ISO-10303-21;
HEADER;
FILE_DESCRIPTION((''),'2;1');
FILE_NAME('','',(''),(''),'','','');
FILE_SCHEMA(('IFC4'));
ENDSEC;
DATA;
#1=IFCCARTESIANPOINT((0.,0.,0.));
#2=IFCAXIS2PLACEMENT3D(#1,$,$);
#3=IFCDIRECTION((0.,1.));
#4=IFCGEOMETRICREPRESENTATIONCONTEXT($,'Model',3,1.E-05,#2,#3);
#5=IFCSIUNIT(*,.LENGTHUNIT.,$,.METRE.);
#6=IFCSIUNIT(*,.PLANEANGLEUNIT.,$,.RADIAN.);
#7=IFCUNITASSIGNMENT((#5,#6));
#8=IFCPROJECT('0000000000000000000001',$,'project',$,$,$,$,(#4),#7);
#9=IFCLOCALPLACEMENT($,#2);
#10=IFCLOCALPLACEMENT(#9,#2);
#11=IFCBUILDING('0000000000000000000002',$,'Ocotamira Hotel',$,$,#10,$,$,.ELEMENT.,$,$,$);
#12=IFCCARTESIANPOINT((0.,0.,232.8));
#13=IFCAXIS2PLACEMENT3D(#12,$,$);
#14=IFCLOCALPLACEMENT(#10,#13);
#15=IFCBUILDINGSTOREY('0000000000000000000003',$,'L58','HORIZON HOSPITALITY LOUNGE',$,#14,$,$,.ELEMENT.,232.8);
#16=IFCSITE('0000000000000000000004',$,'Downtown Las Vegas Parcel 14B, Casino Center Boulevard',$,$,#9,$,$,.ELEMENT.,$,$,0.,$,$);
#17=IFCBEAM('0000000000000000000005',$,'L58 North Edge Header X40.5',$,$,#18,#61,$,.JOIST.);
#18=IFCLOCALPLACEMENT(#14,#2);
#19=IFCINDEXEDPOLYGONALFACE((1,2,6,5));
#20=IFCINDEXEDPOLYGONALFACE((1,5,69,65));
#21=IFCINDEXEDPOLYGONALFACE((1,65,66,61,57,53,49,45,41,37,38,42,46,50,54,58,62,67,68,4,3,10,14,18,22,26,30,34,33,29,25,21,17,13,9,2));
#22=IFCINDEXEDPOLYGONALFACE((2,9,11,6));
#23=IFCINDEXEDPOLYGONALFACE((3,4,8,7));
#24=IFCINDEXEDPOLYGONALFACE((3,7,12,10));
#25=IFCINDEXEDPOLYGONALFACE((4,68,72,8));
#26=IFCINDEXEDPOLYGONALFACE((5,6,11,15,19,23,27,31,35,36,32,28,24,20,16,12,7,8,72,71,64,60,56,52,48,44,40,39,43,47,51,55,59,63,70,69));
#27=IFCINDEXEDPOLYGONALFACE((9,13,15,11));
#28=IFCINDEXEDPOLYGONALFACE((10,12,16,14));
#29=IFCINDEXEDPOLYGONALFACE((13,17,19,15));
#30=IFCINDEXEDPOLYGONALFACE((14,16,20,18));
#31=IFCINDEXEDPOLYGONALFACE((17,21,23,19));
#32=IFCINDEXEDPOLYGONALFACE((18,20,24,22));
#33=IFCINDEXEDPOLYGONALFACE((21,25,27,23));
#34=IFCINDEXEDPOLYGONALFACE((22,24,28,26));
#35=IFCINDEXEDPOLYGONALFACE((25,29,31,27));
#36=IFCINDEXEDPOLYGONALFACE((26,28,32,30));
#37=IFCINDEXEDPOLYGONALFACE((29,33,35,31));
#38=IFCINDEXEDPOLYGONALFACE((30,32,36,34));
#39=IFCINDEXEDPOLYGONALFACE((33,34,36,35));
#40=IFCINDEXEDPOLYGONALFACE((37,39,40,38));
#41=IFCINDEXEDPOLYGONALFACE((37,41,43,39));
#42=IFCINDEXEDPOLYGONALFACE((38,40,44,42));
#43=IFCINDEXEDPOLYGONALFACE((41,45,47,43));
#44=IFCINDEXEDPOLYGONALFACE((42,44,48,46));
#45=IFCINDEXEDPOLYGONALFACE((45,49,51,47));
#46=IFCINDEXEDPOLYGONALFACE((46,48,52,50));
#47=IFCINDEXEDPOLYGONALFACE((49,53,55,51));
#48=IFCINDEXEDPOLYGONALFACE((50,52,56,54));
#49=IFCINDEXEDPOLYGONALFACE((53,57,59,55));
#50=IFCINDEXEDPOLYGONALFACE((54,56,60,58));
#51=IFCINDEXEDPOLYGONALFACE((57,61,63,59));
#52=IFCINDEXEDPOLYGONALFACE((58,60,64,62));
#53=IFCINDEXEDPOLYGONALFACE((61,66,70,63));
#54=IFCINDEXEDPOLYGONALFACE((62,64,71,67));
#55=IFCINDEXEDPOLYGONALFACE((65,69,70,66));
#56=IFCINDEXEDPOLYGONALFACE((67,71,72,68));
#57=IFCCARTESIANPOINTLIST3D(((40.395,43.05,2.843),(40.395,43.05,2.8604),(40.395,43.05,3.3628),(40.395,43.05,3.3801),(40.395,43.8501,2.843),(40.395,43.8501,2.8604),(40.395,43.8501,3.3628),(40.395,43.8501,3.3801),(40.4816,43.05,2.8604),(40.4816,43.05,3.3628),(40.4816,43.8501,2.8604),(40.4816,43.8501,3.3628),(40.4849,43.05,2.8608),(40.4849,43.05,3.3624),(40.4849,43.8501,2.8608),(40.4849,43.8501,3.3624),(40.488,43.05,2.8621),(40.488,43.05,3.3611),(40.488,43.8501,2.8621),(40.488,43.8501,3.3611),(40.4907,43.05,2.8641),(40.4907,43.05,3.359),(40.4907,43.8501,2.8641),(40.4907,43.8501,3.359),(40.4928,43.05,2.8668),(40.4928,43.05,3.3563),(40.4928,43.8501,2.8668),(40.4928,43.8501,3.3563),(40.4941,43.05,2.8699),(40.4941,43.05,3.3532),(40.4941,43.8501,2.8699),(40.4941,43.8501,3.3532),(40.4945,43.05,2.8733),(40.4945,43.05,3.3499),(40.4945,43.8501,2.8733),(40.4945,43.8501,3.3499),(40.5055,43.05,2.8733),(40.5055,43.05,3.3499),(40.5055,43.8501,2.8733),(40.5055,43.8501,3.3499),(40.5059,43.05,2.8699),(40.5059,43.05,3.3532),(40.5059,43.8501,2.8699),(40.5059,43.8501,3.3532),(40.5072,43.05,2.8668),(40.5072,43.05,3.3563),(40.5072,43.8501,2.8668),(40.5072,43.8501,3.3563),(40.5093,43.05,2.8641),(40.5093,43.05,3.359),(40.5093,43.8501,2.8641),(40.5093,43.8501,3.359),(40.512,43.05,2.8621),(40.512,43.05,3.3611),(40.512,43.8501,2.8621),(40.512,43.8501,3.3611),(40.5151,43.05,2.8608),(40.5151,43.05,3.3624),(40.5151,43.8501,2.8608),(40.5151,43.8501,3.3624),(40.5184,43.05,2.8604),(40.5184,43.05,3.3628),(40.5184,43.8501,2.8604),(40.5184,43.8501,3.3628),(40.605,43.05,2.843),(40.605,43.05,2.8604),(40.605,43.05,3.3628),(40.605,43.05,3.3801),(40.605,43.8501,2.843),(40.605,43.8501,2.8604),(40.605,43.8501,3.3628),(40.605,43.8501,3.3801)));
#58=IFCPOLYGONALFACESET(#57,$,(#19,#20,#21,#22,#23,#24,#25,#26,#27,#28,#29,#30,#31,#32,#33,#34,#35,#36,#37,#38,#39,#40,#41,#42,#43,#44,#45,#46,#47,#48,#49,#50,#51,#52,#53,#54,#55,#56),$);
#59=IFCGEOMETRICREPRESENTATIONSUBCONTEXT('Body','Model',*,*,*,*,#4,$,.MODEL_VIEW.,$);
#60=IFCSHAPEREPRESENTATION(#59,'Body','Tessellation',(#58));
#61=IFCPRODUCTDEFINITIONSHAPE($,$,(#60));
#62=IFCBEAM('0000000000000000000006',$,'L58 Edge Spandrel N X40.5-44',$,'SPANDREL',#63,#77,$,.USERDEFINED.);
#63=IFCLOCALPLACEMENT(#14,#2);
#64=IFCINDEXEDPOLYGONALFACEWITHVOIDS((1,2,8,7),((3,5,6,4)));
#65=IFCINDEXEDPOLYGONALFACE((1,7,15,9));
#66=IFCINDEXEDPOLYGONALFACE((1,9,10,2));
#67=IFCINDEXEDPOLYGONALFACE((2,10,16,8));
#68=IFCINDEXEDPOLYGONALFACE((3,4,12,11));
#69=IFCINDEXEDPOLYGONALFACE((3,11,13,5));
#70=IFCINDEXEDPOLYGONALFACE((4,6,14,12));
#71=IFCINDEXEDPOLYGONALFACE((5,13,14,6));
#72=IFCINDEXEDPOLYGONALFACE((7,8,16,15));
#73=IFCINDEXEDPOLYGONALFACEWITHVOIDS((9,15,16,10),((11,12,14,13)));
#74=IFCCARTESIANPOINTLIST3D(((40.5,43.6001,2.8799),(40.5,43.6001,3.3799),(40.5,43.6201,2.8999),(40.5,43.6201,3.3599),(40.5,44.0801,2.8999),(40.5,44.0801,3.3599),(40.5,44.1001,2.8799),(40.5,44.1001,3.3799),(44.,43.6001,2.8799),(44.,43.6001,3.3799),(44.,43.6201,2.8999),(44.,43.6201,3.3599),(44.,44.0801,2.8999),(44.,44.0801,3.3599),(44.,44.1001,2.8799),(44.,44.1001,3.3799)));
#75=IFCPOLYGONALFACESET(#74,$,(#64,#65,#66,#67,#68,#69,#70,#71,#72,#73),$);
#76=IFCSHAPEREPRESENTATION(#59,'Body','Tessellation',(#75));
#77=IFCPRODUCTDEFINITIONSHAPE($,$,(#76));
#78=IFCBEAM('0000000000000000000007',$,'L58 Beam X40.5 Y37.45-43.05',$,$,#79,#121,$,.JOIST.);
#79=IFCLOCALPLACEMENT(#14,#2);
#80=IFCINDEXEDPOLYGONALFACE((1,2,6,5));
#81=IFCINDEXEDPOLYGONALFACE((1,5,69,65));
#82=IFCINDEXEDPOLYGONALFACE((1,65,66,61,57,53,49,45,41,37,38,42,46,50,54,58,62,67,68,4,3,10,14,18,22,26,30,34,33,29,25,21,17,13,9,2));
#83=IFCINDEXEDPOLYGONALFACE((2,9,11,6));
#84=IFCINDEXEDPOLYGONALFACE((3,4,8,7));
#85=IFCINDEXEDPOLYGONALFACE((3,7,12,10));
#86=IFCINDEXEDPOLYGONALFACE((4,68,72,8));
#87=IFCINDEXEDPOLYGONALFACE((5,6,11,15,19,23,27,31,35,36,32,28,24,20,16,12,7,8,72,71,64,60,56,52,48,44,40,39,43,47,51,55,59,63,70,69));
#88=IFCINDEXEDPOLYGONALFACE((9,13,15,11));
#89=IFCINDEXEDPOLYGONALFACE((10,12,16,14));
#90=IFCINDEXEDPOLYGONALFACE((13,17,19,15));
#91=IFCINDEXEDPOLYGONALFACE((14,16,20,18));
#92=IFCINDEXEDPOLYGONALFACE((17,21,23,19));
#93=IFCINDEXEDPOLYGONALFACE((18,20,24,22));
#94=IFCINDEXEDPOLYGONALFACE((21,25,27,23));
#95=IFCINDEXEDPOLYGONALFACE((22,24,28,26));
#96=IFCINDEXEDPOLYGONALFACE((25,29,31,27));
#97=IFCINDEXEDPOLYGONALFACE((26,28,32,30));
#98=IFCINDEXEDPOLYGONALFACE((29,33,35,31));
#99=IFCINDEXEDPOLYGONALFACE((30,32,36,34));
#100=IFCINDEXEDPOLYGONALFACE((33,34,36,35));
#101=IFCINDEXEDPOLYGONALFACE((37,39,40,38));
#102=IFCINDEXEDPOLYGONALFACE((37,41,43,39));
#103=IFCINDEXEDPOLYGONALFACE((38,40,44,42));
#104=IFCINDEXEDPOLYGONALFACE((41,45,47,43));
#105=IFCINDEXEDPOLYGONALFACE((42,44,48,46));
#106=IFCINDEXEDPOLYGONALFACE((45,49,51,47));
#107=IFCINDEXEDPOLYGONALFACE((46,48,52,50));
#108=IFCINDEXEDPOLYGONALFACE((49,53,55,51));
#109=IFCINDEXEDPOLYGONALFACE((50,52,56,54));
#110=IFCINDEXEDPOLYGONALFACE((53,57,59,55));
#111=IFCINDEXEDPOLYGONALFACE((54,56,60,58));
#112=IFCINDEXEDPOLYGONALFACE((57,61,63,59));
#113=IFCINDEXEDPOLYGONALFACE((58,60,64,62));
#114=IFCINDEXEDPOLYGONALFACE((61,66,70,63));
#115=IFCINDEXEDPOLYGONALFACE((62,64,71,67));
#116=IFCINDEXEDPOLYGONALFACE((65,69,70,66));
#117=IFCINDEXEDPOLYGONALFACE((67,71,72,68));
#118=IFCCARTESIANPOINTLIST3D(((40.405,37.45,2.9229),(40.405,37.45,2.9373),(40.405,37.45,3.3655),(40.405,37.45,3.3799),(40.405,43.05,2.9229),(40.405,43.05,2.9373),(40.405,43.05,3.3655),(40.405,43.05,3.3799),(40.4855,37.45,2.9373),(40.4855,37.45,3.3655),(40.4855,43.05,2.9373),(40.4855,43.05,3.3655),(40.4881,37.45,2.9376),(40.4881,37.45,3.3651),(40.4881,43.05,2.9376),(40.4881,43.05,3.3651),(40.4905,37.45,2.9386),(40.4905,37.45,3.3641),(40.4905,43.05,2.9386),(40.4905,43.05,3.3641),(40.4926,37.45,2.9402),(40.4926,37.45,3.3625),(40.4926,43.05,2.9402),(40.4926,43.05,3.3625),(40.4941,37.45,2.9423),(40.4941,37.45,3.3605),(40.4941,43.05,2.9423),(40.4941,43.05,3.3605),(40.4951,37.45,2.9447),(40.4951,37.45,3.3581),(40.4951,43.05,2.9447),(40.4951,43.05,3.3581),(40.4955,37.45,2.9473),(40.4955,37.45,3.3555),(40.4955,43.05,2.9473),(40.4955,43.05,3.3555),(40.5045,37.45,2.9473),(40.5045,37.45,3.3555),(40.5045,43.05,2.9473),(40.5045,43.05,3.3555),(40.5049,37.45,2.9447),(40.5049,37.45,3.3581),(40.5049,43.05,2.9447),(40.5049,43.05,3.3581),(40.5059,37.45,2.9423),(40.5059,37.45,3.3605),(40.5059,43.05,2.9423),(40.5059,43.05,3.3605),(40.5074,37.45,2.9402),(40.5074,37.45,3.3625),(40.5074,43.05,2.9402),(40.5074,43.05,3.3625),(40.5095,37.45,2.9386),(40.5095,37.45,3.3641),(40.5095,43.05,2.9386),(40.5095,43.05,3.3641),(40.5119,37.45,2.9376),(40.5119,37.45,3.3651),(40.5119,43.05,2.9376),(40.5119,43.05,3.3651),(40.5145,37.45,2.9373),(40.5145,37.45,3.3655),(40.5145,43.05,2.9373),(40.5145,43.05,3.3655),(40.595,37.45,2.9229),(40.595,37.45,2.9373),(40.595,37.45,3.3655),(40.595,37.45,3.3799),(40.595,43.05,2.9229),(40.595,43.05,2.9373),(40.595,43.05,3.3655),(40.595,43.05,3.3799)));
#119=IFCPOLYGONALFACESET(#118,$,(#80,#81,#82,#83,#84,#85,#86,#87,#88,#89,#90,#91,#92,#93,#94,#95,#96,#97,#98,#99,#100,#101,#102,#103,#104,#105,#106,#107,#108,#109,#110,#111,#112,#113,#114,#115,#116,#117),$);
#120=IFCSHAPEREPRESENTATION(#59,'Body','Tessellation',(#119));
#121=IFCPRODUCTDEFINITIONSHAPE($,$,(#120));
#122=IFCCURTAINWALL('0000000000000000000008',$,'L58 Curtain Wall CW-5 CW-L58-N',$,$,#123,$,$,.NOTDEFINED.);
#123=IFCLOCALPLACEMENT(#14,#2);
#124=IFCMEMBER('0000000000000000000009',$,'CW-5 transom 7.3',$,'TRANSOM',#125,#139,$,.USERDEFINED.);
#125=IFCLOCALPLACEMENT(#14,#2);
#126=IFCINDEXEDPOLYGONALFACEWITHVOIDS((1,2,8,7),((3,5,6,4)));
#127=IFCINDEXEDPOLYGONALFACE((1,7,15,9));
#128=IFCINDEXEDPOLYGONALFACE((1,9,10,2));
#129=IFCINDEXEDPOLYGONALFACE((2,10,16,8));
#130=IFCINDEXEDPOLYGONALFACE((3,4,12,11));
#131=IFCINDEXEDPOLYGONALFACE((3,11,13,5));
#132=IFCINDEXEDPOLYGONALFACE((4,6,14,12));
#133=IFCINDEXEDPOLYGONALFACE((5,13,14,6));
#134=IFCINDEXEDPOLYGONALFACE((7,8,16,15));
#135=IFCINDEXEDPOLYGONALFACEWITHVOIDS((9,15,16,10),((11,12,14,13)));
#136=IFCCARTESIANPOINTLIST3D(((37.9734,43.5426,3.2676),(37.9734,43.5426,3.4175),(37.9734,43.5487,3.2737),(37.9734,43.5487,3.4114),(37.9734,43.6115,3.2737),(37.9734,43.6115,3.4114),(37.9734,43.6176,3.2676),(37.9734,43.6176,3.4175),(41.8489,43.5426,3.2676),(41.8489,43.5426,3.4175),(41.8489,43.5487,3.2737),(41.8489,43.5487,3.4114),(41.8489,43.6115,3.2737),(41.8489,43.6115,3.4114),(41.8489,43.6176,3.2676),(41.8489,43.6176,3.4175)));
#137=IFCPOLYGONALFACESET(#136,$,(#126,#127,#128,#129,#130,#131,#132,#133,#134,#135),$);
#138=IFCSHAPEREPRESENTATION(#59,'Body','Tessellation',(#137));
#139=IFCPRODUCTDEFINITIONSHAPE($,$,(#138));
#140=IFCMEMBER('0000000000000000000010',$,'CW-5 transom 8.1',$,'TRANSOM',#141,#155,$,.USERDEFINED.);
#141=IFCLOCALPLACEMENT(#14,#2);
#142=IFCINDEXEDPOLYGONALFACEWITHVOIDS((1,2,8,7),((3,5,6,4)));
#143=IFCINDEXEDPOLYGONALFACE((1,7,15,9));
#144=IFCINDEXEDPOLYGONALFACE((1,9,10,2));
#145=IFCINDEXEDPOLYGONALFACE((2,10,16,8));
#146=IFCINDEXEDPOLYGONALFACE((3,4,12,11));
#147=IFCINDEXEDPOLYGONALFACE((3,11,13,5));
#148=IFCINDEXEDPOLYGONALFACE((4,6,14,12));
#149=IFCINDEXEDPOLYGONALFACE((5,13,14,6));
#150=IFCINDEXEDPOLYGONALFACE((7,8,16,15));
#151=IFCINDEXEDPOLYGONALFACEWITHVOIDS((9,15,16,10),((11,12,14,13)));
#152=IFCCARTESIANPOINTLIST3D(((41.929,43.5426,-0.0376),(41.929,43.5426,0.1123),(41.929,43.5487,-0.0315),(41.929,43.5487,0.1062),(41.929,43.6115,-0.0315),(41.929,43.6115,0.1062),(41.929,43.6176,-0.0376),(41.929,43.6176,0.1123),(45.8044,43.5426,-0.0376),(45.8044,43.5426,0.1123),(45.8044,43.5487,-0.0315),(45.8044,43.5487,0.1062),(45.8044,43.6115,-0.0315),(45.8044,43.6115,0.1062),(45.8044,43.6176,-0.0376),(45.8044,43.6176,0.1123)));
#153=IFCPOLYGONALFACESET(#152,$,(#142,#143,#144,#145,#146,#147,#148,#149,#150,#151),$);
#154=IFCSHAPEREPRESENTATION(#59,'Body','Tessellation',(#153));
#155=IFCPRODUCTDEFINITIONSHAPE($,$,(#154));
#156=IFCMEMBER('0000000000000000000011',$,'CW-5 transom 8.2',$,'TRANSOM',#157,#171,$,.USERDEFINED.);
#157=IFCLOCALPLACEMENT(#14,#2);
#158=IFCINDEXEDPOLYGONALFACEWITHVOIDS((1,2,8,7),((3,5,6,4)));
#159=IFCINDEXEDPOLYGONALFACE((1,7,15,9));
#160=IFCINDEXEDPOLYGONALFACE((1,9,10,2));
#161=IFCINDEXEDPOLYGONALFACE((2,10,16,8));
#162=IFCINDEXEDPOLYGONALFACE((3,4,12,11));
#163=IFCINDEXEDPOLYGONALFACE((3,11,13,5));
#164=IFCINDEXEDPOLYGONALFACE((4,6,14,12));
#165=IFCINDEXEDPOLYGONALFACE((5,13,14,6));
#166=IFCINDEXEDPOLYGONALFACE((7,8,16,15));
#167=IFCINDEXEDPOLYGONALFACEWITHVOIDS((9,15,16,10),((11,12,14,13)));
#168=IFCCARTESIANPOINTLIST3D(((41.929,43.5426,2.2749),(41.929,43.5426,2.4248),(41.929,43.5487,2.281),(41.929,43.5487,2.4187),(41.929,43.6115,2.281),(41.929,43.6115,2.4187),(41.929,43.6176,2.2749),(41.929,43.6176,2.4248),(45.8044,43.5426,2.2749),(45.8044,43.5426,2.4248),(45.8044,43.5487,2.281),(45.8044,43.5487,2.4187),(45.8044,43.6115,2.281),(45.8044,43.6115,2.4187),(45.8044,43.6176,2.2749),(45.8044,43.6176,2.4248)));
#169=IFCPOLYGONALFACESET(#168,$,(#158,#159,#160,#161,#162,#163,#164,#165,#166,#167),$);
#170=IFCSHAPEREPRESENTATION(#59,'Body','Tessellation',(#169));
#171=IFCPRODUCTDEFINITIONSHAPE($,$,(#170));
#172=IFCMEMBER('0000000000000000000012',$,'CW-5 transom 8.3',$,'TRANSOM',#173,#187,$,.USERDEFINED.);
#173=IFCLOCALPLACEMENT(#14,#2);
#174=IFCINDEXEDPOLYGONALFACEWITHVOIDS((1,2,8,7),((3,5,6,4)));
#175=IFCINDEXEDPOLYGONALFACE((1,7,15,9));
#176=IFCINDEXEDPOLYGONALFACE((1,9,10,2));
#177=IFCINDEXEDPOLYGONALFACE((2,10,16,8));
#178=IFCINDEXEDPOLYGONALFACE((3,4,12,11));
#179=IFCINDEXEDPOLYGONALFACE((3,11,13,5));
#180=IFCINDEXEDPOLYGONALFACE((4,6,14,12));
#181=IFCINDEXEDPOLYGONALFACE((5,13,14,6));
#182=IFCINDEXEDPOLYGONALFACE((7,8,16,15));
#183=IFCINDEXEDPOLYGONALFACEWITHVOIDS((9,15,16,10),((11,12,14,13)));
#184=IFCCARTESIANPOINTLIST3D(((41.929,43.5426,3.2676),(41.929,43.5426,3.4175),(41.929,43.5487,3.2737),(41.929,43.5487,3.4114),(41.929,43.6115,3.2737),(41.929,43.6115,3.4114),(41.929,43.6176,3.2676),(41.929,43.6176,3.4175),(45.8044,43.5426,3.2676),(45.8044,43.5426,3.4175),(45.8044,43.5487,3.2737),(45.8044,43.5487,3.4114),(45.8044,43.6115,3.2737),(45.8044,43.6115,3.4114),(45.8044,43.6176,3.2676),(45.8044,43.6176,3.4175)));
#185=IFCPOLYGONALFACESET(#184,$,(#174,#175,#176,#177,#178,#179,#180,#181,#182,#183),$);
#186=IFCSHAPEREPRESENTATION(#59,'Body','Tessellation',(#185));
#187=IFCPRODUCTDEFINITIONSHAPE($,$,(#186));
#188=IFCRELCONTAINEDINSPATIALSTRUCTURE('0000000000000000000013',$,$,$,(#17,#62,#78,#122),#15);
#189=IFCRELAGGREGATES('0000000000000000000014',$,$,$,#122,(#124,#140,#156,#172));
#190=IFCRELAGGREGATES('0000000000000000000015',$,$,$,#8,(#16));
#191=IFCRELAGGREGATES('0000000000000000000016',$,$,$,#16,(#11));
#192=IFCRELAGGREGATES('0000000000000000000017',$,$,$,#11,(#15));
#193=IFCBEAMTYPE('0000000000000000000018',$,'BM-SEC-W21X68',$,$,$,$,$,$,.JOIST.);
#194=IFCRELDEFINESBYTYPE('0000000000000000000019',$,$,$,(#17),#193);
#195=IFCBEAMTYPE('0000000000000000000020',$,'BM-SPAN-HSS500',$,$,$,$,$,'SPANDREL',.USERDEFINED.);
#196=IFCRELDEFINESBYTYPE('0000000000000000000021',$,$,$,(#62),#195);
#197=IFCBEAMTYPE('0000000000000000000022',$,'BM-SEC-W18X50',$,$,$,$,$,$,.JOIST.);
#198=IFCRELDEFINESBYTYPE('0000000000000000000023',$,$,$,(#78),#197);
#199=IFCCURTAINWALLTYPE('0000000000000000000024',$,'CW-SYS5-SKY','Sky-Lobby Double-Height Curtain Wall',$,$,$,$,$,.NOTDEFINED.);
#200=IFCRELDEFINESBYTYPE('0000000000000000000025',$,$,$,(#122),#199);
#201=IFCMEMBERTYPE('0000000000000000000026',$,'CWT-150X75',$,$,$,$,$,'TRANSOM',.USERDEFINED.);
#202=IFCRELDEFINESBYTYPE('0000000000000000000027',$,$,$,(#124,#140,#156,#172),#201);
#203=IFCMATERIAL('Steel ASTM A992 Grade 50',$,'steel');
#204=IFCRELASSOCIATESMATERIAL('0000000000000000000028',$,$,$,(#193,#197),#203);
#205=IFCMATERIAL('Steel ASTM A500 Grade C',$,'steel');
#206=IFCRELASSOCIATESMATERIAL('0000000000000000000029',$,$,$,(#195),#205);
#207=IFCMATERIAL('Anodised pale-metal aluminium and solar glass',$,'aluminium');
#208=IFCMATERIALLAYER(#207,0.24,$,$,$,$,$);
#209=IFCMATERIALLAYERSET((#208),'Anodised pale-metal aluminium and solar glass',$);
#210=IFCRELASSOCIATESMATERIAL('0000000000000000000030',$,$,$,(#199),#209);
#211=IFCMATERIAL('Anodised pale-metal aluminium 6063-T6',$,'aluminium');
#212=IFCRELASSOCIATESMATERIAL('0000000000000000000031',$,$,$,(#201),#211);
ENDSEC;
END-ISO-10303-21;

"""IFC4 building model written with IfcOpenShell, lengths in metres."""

from ifc_helpers import new_model, si_unit, direction, frame, origin, origin_2d, place, context, subcontext, project, spatial, hollow_rectangle, i_section, extrude, source, transform, mapped, material, layer, layer_set, material_profile, profile_set, type_object, element, aggregate, save


model = new_model("IFC4")

# Units and contexts
model_context = context("Model", 3, precision=1e-05, world=origin(), true_north=direction((0.0, 1.0)))
body_context = subcontext(model_context, "Body", "Model", "MODEL_VIEW")
ifc_project = project(units=[si_unit("LENGTHUNIT", "METRE"), si_unit("PLANEANGLEUNIT", "RADIAN")], contexts=[model_context])

# Site, building, storey
site_placement = place(None, origin())
site = spatial("IfcSite", under=ifc_project, at=site_placement, Name="Downtown Las Vegas Parcel 14B, Casino Center Boulevard", CompositionType="ELEMENT", RefElevation=0.0)
building_placement = place(site_placement, origin())
building = spatial("IfcBuilding", under=site, at=building_placement, Name="Ocotamira Hotel", CompositionType="ELEMENT")
storey_placement = place(building_placement, frame((0.0, 0.0, 232.8)))
storey = spatial("IfcBuildingStorey", under=building, at=storey_placement, Name="L58", Description="HORIZON HOSPITALITY LOUNGE", CompositionType="ELEMENT", Elevation=232.8)

# Shared definitions
ifc_material_1 = material(Name="Steel ASTM A992 Grade 50", Category="steel")

# Beams
ifc_material_profile_1 = material_profile(ifc_material_1, i_section(OverallWidth=0.21, OverallDepth=0.5371, WebThickness=0.011, FlangeThickness=0.0173, FilletRadius=0.0129, at=origin_2d()), Name="W21X68")
ifc_profile_set_1 = profile_set([ifc_material_profile_1], Name="Steel ASTM A992 Grade 50")
beam_type_1 = type_object("IfcBeamType", Name="BM-SEC-W21X68", PredefinedType="JOIST", material=ifc_profile_set_1)
ifc_material_profile_2 = material_profile(ifc_material_1, i_section(OverallWidth=0.1899, OverallDepth=0.457, WebThickness=0.009, FlangeThickness=0.0144, FilletRadius=0.01, at=origin_2d()), Name="W18X50")
ifc_profile_set_2 = profile_set([ifc_material_profile_2], Name="Steel ASTM A992 Grade 50")
beam_type_2 = type_object("IfcBeamType", Name="BM-SEC-W18X50", PredefinedType="JOIST", material=ifc_profile_set_2)
shared_shape_1 = source(origin(), body_context, "Body", "SweptSolid", [
    extrude(i_section(OverallWidth=0.21, OverallDepth=0.5371, WebThickness=0.011, FlangeThickness=0.0173, FilletRadius=0.0129, at=origin_2d()), origin(), (0.0, 0.0, 1.0), 0.8),
])
beam_1_placement = place(storey_placement, frame((40.5, 43.05, 3.1116), z_axis=(0.0, 1.0, 0.0), x_axis=(-1.0, 0.0, 0.0)))
element("IfcBeam", 1, at=beam_1_placement, inside=storey, type_object=beam_type_1, Name="L58 North Edge Header X40.5", PredefinedType="JOIST", context=body_context, shape_type="MappedRepresentation", body=[
    mapped(shared_shape_1, transform((0.0, 0.0, 0.0), scale=1.0)),
])
ifc_material_2 = material(Name="Steel ASTM A500 Grade C", Category="steel")
ifc_material_profile_3 = material_profile(ifc_material_2, hollow_rectangle(XDim=0.5, YDim=0.5, WallThickness=0.02, at=origin_2d()), Name="HSS500X500X20")
ifc_profile_set_3 = profile_set([ifc_material_profile_3], Name="Steel ASTM A500 Grade C")
beam_type_3 = type_object("IfcBeamType", Name="BM-SPAN-HSS500", ElementType="SPANDREL", PredefinedType="USERDEFINED", material=ifc_profile_set_3)
shared_shape_2 = source(origin(), body_context, "Body", "SweptSolid", [
    extrude(hollow_rectangle(XDim=0.5, YDim=0.5, WallThickness=0.02, at=origin_2d()), origin(), (0.0, 0.0, 1.0), 3.5),
])
beam_2_placement = place(storey_placement, frame((40.5, 43.8501, 3.1299), z_axis=(1.0, 0.0, 0.0), x_axis=(0.0, 1.0, 0.0)))
element("IfcBeam", 2, at=beam_2_placement, inside=storey, type_object=beam_type_3, Name="L58 Edge Spandrel N X40.5-44", ObjectType="SPANDREL", PredefinedType="USERDEFINED", context=body_context, shape_type="MappedRepresentation", body=[
    mapped(shared_shape_2, transform((0.0, 0.0, 0.0), scale=1.0)),
])
shared_shape_3 = source(origin(), body_context, "Body", "SweptSolid", [
    extrude(i_section(OverallWidth=0.1899, OverallDepth=0.457, WebThickness=0.009, FlangeThickness=0.0144, FilletRadius=0.01, at=origin_2d()), origin(), (0.0, 0.0, 1.0), 5.6001),
])
beam_3_placement = place(storey_placement, frame((40.5, 37.45, 3.1514), z_axis=(0.0, 1.0, 0.0), x_axis=(-1.0, 0.0, 0.0)))
element("IfcBeam", 3, at=beam_3_placement, inside=storey, type_object=beam_type_2, Name="L58 Beam X40.5 Y37.45-43.05", PredefinedType="JOIST", context=body_context, shape_type="MappedRepresentation", body=[
    mapped(shared_shape_3, transform((0.0, 0.0, 0.0), scale=1.0)),
])

# Curtain wall, members
ifc_material_3 = material(Name="Anodised pale-metal aluminium and solar glass", Category="aluminium")
ifc_layer_1 = layer(ifc_material_3, 0.24)
ifc_layer_set_1 = layer_set([ifc_layer_1], Name="Anodised pale-metal aluminium and solar glass")
curtain_wall_type = type_object("IfcCurtainWallType", Name="CW-SYS5-SKY", Description="Sky-Lobby Double-Height Curtain Wall", PredefinedType="NOTDEFINED", material=ifc_layer_set_1)
curtain_wall_placement = place(storey_placement, origin())
curtain_wall = element("IfcCurtainWall", 4, at=curtain_wall_placement, inside=storey, type_object=curtain_wall_type, Name="L58 Curtain Wall CW-5 CW-L58-N", PredefinedType="NOTDEFINED")
ifc_material_4 = material(Name="Anodised pale-metal aluminium 6063-T6", Category="aluminium")
ifc_material_profile_4 = material_profile(ifc_material_4, hollow_rectangle(XDim=0.075, YDim=0.1499, WallThickness=0.0061, at=origin_2d()), Name="HSS150X75X6")
ifc_profile_set_4 = profile_set([ifc_material_profile_4], Name="Anodised pale-metal aluminium 6063-T6")
member_type_1 = type_object("IfcMemberType", Name="CWT-150X75", ElementType="TRANSOM", PredefinedType="USERDEFINED", material=ifc_profile_set_4)
shared_shape_4 = source(origin(), body_context, "Body", "SweptSolid", [
    extrude(hollow_rectangle(XDim=0.075, YDim=0.1499, WallThickness=0.0061, at=origin_2d()), origin(), (0.0, 0.0, 1.0), 3.8755),
])
member_1_placement = place(storey_placement, frame((37.9734, 43.5801, 3.3425), z_axis=(1.0, 0.0, 0.0), x_axis=(0.0, 1.0, 0.0)))
member_1 = element("IfcMember", 5, at=member_1_placement, type_object=member_type_1, Name="CW-5 transom 7.3", ObjectType="TRANSOM", PredefinedType="USERDEFINED", context=body_context, shape_type="MappedRepresentation", body=[
    mapped(shared_shape_4, transform((0.0, 0.0, 0.0), scale=1.0)),
])
member_2_placement = place(storey_placement, frame((41.929, 43.5801, 0.0374), z_axis=(1.0, 0.0, 0.0), x_axis=(0.0, 1.0, 0.0)))
member_2 = element("IfcMember", 6, at=member_2_placement, type_object=member_type_1, Name="CW-5 transom 8.1", ObjectType="TRANSOM", PredefinedType="USERDEFINED", context=body_context, shape_type="MappedRepresentation", body=[
    mapped(shared_shape_4, transform((0.0, 0.0, 0.0), scale=1.0)),
])
member_3_placement = place(storey_placement, frame((41.929, 43.5801, 2.3499), z_axis=(1.0, 0.0, 0.0), x_axis=(0.0, 1.0, 0.0)))
member_3 = element("IfcMember", 7, at=member_3_placement, type_object=member_type_1, Name="CW-5 transom 8.2", ObjectType="TRANSOM", PredefinedType="USERDEFINED", context=body_context, shape_type="MappedRepresentation", body=[
    mapped(shared_shape_4, transform((0.0, 0.0, 0.0), scale=1.0)),
])
member_4_placement = place(storey_placement, frame((41.929, 43.5801, 3.3425), z_axis=(1.0, 0.0, 0.0), x_axis=(0.0, 1.0, 0.0)))
member_4 = element("IfcMember", 8, at=member_4_placement, type_object=member_type_1, Name="CW-5 transom 8.3", ObjectType="TRANSOM", PredefinedType="USERDEFINED", context=body_context, shape_type="MappedRepresentation", body=[
    mapped(shared_shape_4, transform((0.0, 0.0, 0.0), scale=1.0)),
])

aggregate(curtain_wall, [member_1, member_2, member_3, member_4])

save(model, "model.ifc")
